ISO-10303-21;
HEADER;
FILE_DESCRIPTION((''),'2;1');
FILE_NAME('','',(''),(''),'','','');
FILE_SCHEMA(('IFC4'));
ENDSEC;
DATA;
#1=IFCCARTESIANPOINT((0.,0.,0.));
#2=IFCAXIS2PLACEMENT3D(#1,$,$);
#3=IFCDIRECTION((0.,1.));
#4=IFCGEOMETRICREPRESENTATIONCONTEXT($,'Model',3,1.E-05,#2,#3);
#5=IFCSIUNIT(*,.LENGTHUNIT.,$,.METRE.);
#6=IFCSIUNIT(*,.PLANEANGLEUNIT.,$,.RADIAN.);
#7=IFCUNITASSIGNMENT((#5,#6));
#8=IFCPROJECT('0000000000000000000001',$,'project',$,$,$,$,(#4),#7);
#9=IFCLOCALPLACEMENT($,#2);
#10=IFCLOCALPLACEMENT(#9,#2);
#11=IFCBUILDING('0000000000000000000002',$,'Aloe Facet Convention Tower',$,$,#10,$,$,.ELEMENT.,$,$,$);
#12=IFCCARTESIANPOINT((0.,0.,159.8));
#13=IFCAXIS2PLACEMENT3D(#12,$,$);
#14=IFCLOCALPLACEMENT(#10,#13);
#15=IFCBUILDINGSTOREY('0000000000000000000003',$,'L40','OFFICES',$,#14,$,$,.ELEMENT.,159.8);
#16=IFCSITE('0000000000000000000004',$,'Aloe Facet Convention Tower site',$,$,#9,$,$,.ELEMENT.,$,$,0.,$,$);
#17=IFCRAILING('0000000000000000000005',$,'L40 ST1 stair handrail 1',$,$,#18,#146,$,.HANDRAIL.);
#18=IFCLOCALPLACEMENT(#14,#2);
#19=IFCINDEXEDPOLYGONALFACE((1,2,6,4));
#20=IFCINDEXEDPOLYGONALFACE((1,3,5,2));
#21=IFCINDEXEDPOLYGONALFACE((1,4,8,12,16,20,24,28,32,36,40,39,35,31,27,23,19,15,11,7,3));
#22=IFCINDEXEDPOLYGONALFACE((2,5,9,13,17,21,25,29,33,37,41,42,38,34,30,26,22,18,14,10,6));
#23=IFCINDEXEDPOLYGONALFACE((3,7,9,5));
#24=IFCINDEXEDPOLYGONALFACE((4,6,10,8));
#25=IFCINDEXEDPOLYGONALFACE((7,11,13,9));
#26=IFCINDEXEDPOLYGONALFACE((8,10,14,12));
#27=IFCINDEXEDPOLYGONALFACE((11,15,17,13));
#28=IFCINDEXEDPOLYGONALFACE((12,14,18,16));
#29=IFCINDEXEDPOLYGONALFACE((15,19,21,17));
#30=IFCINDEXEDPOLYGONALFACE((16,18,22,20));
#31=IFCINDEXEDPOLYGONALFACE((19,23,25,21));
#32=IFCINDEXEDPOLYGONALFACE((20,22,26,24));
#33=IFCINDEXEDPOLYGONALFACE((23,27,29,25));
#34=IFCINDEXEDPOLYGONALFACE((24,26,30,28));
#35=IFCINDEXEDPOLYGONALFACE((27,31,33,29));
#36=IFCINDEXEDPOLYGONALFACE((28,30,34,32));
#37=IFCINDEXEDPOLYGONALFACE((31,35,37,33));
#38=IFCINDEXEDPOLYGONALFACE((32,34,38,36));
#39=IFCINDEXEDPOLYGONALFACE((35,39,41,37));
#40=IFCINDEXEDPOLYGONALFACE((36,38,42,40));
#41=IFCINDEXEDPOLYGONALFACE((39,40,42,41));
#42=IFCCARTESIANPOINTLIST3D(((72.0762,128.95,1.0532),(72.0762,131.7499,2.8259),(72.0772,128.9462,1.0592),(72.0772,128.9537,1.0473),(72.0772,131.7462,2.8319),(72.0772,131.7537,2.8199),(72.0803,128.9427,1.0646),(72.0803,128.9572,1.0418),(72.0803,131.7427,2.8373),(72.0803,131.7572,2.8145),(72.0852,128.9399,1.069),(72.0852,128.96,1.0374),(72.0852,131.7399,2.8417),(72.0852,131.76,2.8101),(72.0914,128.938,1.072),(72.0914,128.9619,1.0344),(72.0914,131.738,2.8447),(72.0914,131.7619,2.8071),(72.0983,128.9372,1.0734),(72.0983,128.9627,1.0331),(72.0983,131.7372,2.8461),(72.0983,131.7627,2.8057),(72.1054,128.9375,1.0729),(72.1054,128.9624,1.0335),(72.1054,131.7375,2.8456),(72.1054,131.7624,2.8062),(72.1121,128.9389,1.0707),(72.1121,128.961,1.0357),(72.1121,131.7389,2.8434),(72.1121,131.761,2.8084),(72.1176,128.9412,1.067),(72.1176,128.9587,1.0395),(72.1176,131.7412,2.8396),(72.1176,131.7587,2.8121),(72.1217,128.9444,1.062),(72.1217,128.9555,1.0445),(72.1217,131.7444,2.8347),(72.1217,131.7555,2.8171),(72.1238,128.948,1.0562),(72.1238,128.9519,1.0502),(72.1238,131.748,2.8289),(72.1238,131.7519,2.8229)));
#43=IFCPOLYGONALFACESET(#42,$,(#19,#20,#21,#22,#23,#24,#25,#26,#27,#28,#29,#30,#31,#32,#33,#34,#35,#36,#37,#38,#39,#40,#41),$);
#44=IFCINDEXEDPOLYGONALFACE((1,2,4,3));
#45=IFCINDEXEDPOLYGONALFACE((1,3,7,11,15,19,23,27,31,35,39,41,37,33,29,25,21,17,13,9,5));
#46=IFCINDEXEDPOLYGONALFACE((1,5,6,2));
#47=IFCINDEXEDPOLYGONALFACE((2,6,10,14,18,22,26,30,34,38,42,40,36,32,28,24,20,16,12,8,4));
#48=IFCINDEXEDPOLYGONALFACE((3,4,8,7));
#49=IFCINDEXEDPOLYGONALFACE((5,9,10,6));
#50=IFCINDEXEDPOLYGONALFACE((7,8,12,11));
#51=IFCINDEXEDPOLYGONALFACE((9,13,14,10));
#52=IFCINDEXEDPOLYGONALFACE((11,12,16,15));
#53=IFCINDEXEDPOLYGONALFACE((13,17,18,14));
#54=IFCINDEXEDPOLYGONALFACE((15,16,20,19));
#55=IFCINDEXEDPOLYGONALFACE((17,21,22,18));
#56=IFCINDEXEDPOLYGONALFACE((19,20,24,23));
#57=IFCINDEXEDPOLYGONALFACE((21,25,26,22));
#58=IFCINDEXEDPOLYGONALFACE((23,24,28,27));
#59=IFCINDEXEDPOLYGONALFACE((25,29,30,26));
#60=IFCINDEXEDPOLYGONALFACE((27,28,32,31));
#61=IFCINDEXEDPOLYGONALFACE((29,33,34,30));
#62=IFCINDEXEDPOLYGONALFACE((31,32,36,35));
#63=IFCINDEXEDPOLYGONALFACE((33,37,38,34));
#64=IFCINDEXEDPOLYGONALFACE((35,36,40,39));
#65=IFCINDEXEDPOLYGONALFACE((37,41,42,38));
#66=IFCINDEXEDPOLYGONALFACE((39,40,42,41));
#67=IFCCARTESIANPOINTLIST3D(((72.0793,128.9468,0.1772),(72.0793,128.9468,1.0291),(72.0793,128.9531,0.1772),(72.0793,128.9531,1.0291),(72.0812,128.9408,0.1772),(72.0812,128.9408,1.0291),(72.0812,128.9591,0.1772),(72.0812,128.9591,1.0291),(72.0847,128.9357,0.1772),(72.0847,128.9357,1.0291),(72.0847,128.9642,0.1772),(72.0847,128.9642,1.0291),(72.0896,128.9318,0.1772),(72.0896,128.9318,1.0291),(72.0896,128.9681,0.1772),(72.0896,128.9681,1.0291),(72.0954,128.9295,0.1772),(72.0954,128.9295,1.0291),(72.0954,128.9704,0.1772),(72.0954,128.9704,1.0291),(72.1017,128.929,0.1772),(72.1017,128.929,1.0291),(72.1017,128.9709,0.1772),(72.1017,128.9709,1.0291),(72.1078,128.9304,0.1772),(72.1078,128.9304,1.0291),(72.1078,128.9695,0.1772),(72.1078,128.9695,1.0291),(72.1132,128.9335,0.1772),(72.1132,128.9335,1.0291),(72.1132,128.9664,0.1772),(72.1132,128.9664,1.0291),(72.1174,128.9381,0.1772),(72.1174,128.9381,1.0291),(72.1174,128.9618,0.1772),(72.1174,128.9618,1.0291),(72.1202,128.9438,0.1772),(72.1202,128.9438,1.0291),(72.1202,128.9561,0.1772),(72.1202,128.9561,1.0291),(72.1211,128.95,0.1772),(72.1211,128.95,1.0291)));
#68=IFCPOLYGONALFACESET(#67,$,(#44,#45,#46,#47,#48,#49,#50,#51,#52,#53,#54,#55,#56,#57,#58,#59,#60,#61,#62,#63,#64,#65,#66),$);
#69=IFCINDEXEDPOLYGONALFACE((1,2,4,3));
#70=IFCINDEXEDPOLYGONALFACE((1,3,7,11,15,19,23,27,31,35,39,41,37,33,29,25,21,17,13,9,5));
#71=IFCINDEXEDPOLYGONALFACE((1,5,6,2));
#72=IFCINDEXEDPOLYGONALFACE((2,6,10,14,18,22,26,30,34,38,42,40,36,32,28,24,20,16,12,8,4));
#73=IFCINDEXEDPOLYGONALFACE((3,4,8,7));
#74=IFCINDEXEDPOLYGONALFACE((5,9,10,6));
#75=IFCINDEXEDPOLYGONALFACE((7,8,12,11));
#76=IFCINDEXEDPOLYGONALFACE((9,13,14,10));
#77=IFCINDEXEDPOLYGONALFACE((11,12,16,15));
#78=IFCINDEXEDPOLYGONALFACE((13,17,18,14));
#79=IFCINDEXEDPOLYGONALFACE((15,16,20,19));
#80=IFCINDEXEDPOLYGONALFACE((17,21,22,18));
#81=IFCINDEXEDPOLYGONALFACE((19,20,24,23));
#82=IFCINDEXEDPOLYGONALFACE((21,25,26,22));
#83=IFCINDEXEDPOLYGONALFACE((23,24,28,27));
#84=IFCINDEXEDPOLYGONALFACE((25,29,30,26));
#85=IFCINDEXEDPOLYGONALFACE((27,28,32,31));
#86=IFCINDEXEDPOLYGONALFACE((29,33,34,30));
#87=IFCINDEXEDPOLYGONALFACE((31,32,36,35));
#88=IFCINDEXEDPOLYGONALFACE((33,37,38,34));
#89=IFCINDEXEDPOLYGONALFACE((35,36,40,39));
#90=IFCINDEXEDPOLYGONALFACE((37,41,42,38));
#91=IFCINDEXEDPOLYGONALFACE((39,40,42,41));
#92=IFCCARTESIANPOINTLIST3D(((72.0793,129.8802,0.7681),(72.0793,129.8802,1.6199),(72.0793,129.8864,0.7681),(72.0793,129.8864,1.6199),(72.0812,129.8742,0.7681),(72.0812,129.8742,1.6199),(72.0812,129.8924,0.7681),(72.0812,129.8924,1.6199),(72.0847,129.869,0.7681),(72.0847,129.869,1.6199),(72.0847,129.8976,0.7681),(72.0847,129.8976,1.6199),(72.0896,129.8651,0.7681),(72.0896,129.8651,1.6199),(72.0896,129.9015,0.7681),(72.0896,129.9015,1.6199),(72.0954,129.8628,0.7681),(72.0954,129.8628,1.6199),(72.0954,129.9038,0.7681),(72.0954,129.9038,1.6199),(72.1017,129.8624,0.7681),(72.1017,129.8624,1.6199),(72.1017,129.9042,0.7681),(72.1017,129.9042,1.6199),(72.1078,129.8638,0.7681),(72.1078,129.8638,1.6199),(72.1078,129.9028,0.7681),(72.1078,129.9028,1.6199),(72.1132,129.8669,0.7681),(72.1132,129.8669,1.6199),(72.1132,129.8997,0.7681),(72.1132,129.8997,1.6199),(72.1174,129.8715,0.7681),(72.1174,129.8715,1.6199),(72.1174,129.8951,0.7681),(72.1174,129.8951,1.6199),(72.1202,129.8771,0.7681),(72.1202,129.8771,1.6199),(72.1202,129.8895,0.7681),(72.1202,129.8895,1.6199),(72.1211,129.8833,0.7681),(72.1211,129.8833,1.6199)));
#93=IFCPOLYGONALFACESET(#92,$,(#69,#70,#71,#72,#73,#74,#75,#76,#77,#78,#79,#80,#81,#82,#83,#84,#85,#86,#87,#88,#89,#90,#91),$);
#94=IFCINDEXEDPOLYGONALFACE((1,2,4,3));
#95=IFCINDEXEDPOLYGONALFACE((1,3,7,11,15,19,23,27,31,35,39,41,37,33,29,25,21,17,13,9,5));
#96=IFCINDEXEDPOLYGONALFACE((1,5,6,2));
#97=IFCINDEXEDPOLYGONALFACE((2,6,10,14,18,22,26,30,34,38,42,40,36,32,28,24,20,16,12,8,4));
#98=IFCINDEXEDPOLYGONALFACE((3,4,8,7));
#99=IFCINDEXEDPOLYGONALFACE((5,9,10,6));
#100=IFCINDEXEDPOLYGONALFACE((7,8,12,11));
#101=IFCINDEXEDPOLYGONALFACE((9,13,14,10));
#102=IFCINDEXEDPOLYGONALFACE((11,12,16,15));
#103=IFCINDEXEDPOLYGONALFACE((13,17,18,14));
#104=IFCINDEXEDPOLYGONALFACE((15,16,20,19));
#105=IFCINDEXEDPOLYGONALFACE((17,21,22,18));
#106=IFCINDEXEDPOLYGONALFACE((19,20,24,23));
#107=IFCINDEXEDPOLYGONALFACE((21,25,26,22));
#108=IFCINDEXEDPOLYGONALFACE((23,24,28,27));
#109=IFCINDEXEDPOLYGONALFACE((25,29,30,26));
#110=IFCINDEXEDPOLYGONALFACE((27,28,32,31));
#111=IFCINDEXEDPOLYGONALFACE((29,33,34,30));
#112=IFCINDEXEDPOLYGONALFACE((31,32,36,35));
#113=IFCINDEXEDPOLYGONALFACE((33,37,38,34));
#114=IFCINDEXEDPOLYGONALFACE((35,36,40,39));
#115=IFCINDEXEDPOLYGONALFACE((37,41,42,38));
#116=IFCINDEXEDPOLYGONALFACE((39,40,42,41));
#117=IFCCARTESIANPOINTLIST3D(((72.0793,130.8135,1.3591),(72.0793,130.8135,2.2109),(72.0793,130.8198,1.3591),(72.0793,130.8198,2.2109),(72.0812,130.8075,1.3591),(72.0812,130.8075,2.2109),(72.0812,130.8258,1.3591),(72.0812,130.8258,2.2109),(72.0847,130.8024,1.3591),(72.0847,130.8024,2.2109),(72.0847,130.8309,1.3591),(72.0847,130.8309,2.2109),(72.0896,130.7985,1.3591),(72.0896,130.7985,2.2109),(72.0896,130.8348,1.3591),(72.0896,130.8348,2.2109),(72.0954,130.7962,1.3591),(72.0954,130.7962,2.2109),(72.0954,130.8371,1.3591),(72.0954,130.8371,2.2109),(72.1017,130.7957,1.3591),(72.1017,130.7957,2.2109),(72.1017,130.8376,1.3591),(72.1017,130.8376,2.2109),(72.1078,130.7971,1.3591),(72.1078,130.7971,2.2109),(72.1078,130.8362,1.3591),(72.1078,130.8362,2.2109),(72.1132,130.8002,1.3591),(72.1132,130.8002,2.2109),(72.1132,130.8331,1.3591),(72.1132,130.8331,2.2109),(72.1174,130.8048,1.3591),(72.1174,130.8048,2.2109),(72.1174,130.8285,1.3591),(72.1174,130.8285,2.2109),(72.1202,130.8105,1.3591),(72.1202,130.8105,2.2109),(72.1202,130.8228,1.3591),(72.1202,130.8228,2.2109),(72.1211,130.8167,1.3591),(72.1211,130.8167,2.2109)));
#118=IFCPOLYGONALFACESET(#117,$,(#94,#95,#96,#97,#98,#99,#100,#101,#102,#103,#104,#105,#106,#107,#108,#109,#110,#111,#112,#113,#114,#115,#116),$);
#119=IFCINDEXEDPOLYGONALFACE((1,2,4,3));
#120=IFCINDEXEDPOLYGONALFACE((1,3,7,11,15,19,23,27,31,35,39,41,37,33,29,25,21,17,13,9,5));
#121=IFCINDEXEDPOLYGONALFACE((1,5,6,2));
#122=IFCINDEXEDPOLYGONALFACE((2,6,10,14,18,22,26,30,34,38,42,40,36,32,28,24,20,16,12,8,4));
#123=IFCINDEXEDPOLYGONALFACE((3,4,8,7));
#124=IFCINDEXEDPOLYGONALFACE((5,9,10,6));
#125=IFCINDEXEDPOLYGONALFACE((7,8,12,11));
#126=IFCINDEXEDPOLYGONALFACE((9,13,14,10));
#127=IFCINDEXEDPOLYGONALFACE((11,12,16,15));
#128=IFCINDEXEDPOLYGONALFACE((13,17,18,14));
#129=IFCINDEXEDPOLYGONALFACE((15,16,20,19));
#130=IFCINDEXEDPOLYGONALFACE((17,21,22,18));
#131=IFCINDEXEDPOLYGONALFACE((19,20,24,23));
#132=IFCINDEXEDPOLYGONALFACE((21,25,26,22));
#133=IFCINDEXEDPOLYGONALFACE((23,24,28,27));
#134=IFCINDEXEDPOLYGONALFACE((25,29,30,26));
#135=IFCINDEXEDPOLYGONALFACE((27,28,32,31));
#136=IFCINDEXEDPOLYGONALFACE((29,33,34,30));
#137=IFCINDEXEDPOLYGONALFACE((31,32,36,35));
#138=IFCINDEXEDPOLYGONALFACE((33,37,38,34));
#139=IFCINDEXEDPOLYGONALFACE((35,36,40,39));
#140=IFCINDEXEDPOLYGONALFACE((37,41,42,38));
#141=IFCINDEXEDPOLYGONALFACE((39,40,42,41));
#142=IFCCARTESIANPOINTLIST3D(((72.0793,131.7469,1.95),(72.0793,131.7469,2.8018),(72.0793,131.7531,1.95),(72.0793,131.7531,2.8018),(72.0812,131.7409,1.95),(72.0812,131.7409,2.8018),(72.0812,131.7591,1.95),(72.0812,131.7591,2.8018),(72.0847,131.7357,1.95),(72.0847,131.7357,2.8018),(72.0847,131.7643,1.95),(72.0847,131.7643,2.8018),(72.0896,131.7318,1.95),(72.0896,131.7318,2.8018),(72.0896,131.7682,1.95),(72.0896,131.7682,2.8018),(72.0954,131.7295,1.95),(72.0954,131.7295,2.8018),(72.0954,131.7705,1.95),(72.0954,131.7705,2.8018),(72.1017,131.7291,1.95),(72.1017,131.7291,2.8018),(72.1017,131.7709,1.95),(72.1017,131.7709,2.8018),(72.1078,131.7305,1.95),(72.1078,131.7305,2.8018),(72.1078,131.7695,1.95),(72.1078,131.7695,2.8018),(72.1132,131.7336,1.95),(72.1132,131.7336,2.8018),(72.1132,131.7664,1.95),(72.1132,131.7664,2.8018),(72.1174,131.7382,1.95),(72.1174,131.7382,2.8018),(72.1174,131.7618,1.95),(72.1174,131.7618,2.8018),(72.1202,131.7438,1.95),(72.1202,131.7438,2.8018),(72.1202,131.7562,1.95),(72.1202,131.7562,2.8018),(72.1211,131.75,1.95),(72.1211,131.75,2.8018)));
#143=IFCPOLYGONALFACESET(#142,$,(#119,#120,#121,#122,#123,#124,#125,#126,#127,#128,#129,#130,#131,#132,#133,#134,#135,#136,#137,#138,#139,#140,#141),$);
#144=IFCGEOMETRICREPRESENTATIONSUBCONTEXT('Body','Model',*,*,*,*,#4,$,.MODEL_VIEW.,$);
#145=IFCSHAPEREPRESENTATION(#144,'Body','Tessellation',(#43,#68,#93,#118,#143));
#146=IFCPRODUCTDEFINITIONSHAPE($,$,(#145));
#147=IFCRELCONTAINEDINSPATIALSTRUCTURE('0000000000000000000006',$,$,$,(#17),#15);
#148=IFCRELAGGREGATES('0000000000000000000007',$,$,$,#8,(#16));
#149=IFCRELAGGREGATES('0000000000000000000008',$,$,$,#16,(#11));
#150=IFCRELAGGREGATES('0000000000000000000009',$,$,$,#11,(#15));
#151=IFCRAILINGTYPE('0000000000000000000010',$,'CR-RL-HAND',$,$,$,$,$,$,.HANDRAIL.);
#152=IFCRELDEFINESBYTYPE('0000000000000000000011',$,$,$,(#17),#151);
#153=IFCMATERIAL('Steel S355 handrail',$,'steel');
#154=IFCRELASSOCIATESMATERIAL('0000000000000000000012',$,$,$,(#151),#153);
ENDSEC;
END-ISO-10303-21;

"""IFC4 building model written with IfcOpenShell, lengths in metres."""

from ifc_helpers import new_model, si_unit, direction, frame, origin, origin_2d, place, context, subcontext, project, spatial, circle, extrude, material, type_object, element, save


model = new_model("IFC4")

# Units and contexts
model_context = context("Model", 3, precision=1e-05, world=origin(), true_north=direction((0.0, 1.0)))
body_context = subcontext(model_context, "Body", "Model", "MODEL_VIEW")
ifc_project = project(units=[si_unit("LENGTHUNIT", "METRE"), si_unit("PLANEANGLEUNIT", "RADIAN")], contexts=[model_context])

# Site, building, storey
site_placement = place(None, origin())
site = spatial("IfcSite", under=ifc_project, at=site_placement, Name="Aloe Facet Convention Tower site", CompositionType="ELEMENT", RefElevation=0.0)
building_placement = place(site_placement, origin())
building = spatial("IfcBuilding", under=site, at=building_placement, Name="Aloe Facet Convention Tower", CompositionType="ELEMENT")
storey_placement = place(building_placement, frame((0.0, 0.0, 159.8)))
storey = spatial("IfcBuildingStorey", under=building, at=storey_placement, Name="L40", Description="OFFICES", CompositionType="ELEMENT", Elevation=159.8)

# Railing
ifc_material_1 = material(Name="Steel S355 handrail", Category="steel")
railing_type_1 = type_object("IfcRailingType", Name="CR-RL-HAND", PredefinedType="HANDRAIL", material=ifc_material_1)
railing_1_placement = place(storey_placement, frame((72.1001, 128.95, 0.1772)))
element("IfcRailing", 1, at=railing_1_placement, inside=storey, type_object=railing_type_1, Name="L40 ST1 stair handrail 1", PredefinedType="HANDRAIL", context=body_context, shape_type="SweptSolid", body=[
    extrude(circle(Radius=0.0239, at=origin_2d()), frame((0.0, 0.0, 0.876), z_axis=(0.0, 0.844909, 0.53491), x_axis=(-1.0, 0.0, 0.0)), (0.0, 0.0, 1.0), 3.314),
    extrude(circle(Radius=0.021, at=origin_2d()), origin(), (0.0, 0.0, 1.0), 0.8518),
    extrude(circle(Radius=0.021, at=origin_2d()), frame((0.0, 0.9333, 0.5908)), (0.0, 0.0, 1.0), 0.8518),
    extrude(circle(Radius=0.021, at=origin_2d()), frame((0.0, 1.8667, 1.1819)), (0.0, 0.0, 1.0), 0.8518),
    extrude(circle(Radius=0.021, at=origin_2d()), frame((0.0, 2.8, 1.7727)), (0.0, 0.0, 1.0), 0.8518),
])

save(model, "model.ifc")
